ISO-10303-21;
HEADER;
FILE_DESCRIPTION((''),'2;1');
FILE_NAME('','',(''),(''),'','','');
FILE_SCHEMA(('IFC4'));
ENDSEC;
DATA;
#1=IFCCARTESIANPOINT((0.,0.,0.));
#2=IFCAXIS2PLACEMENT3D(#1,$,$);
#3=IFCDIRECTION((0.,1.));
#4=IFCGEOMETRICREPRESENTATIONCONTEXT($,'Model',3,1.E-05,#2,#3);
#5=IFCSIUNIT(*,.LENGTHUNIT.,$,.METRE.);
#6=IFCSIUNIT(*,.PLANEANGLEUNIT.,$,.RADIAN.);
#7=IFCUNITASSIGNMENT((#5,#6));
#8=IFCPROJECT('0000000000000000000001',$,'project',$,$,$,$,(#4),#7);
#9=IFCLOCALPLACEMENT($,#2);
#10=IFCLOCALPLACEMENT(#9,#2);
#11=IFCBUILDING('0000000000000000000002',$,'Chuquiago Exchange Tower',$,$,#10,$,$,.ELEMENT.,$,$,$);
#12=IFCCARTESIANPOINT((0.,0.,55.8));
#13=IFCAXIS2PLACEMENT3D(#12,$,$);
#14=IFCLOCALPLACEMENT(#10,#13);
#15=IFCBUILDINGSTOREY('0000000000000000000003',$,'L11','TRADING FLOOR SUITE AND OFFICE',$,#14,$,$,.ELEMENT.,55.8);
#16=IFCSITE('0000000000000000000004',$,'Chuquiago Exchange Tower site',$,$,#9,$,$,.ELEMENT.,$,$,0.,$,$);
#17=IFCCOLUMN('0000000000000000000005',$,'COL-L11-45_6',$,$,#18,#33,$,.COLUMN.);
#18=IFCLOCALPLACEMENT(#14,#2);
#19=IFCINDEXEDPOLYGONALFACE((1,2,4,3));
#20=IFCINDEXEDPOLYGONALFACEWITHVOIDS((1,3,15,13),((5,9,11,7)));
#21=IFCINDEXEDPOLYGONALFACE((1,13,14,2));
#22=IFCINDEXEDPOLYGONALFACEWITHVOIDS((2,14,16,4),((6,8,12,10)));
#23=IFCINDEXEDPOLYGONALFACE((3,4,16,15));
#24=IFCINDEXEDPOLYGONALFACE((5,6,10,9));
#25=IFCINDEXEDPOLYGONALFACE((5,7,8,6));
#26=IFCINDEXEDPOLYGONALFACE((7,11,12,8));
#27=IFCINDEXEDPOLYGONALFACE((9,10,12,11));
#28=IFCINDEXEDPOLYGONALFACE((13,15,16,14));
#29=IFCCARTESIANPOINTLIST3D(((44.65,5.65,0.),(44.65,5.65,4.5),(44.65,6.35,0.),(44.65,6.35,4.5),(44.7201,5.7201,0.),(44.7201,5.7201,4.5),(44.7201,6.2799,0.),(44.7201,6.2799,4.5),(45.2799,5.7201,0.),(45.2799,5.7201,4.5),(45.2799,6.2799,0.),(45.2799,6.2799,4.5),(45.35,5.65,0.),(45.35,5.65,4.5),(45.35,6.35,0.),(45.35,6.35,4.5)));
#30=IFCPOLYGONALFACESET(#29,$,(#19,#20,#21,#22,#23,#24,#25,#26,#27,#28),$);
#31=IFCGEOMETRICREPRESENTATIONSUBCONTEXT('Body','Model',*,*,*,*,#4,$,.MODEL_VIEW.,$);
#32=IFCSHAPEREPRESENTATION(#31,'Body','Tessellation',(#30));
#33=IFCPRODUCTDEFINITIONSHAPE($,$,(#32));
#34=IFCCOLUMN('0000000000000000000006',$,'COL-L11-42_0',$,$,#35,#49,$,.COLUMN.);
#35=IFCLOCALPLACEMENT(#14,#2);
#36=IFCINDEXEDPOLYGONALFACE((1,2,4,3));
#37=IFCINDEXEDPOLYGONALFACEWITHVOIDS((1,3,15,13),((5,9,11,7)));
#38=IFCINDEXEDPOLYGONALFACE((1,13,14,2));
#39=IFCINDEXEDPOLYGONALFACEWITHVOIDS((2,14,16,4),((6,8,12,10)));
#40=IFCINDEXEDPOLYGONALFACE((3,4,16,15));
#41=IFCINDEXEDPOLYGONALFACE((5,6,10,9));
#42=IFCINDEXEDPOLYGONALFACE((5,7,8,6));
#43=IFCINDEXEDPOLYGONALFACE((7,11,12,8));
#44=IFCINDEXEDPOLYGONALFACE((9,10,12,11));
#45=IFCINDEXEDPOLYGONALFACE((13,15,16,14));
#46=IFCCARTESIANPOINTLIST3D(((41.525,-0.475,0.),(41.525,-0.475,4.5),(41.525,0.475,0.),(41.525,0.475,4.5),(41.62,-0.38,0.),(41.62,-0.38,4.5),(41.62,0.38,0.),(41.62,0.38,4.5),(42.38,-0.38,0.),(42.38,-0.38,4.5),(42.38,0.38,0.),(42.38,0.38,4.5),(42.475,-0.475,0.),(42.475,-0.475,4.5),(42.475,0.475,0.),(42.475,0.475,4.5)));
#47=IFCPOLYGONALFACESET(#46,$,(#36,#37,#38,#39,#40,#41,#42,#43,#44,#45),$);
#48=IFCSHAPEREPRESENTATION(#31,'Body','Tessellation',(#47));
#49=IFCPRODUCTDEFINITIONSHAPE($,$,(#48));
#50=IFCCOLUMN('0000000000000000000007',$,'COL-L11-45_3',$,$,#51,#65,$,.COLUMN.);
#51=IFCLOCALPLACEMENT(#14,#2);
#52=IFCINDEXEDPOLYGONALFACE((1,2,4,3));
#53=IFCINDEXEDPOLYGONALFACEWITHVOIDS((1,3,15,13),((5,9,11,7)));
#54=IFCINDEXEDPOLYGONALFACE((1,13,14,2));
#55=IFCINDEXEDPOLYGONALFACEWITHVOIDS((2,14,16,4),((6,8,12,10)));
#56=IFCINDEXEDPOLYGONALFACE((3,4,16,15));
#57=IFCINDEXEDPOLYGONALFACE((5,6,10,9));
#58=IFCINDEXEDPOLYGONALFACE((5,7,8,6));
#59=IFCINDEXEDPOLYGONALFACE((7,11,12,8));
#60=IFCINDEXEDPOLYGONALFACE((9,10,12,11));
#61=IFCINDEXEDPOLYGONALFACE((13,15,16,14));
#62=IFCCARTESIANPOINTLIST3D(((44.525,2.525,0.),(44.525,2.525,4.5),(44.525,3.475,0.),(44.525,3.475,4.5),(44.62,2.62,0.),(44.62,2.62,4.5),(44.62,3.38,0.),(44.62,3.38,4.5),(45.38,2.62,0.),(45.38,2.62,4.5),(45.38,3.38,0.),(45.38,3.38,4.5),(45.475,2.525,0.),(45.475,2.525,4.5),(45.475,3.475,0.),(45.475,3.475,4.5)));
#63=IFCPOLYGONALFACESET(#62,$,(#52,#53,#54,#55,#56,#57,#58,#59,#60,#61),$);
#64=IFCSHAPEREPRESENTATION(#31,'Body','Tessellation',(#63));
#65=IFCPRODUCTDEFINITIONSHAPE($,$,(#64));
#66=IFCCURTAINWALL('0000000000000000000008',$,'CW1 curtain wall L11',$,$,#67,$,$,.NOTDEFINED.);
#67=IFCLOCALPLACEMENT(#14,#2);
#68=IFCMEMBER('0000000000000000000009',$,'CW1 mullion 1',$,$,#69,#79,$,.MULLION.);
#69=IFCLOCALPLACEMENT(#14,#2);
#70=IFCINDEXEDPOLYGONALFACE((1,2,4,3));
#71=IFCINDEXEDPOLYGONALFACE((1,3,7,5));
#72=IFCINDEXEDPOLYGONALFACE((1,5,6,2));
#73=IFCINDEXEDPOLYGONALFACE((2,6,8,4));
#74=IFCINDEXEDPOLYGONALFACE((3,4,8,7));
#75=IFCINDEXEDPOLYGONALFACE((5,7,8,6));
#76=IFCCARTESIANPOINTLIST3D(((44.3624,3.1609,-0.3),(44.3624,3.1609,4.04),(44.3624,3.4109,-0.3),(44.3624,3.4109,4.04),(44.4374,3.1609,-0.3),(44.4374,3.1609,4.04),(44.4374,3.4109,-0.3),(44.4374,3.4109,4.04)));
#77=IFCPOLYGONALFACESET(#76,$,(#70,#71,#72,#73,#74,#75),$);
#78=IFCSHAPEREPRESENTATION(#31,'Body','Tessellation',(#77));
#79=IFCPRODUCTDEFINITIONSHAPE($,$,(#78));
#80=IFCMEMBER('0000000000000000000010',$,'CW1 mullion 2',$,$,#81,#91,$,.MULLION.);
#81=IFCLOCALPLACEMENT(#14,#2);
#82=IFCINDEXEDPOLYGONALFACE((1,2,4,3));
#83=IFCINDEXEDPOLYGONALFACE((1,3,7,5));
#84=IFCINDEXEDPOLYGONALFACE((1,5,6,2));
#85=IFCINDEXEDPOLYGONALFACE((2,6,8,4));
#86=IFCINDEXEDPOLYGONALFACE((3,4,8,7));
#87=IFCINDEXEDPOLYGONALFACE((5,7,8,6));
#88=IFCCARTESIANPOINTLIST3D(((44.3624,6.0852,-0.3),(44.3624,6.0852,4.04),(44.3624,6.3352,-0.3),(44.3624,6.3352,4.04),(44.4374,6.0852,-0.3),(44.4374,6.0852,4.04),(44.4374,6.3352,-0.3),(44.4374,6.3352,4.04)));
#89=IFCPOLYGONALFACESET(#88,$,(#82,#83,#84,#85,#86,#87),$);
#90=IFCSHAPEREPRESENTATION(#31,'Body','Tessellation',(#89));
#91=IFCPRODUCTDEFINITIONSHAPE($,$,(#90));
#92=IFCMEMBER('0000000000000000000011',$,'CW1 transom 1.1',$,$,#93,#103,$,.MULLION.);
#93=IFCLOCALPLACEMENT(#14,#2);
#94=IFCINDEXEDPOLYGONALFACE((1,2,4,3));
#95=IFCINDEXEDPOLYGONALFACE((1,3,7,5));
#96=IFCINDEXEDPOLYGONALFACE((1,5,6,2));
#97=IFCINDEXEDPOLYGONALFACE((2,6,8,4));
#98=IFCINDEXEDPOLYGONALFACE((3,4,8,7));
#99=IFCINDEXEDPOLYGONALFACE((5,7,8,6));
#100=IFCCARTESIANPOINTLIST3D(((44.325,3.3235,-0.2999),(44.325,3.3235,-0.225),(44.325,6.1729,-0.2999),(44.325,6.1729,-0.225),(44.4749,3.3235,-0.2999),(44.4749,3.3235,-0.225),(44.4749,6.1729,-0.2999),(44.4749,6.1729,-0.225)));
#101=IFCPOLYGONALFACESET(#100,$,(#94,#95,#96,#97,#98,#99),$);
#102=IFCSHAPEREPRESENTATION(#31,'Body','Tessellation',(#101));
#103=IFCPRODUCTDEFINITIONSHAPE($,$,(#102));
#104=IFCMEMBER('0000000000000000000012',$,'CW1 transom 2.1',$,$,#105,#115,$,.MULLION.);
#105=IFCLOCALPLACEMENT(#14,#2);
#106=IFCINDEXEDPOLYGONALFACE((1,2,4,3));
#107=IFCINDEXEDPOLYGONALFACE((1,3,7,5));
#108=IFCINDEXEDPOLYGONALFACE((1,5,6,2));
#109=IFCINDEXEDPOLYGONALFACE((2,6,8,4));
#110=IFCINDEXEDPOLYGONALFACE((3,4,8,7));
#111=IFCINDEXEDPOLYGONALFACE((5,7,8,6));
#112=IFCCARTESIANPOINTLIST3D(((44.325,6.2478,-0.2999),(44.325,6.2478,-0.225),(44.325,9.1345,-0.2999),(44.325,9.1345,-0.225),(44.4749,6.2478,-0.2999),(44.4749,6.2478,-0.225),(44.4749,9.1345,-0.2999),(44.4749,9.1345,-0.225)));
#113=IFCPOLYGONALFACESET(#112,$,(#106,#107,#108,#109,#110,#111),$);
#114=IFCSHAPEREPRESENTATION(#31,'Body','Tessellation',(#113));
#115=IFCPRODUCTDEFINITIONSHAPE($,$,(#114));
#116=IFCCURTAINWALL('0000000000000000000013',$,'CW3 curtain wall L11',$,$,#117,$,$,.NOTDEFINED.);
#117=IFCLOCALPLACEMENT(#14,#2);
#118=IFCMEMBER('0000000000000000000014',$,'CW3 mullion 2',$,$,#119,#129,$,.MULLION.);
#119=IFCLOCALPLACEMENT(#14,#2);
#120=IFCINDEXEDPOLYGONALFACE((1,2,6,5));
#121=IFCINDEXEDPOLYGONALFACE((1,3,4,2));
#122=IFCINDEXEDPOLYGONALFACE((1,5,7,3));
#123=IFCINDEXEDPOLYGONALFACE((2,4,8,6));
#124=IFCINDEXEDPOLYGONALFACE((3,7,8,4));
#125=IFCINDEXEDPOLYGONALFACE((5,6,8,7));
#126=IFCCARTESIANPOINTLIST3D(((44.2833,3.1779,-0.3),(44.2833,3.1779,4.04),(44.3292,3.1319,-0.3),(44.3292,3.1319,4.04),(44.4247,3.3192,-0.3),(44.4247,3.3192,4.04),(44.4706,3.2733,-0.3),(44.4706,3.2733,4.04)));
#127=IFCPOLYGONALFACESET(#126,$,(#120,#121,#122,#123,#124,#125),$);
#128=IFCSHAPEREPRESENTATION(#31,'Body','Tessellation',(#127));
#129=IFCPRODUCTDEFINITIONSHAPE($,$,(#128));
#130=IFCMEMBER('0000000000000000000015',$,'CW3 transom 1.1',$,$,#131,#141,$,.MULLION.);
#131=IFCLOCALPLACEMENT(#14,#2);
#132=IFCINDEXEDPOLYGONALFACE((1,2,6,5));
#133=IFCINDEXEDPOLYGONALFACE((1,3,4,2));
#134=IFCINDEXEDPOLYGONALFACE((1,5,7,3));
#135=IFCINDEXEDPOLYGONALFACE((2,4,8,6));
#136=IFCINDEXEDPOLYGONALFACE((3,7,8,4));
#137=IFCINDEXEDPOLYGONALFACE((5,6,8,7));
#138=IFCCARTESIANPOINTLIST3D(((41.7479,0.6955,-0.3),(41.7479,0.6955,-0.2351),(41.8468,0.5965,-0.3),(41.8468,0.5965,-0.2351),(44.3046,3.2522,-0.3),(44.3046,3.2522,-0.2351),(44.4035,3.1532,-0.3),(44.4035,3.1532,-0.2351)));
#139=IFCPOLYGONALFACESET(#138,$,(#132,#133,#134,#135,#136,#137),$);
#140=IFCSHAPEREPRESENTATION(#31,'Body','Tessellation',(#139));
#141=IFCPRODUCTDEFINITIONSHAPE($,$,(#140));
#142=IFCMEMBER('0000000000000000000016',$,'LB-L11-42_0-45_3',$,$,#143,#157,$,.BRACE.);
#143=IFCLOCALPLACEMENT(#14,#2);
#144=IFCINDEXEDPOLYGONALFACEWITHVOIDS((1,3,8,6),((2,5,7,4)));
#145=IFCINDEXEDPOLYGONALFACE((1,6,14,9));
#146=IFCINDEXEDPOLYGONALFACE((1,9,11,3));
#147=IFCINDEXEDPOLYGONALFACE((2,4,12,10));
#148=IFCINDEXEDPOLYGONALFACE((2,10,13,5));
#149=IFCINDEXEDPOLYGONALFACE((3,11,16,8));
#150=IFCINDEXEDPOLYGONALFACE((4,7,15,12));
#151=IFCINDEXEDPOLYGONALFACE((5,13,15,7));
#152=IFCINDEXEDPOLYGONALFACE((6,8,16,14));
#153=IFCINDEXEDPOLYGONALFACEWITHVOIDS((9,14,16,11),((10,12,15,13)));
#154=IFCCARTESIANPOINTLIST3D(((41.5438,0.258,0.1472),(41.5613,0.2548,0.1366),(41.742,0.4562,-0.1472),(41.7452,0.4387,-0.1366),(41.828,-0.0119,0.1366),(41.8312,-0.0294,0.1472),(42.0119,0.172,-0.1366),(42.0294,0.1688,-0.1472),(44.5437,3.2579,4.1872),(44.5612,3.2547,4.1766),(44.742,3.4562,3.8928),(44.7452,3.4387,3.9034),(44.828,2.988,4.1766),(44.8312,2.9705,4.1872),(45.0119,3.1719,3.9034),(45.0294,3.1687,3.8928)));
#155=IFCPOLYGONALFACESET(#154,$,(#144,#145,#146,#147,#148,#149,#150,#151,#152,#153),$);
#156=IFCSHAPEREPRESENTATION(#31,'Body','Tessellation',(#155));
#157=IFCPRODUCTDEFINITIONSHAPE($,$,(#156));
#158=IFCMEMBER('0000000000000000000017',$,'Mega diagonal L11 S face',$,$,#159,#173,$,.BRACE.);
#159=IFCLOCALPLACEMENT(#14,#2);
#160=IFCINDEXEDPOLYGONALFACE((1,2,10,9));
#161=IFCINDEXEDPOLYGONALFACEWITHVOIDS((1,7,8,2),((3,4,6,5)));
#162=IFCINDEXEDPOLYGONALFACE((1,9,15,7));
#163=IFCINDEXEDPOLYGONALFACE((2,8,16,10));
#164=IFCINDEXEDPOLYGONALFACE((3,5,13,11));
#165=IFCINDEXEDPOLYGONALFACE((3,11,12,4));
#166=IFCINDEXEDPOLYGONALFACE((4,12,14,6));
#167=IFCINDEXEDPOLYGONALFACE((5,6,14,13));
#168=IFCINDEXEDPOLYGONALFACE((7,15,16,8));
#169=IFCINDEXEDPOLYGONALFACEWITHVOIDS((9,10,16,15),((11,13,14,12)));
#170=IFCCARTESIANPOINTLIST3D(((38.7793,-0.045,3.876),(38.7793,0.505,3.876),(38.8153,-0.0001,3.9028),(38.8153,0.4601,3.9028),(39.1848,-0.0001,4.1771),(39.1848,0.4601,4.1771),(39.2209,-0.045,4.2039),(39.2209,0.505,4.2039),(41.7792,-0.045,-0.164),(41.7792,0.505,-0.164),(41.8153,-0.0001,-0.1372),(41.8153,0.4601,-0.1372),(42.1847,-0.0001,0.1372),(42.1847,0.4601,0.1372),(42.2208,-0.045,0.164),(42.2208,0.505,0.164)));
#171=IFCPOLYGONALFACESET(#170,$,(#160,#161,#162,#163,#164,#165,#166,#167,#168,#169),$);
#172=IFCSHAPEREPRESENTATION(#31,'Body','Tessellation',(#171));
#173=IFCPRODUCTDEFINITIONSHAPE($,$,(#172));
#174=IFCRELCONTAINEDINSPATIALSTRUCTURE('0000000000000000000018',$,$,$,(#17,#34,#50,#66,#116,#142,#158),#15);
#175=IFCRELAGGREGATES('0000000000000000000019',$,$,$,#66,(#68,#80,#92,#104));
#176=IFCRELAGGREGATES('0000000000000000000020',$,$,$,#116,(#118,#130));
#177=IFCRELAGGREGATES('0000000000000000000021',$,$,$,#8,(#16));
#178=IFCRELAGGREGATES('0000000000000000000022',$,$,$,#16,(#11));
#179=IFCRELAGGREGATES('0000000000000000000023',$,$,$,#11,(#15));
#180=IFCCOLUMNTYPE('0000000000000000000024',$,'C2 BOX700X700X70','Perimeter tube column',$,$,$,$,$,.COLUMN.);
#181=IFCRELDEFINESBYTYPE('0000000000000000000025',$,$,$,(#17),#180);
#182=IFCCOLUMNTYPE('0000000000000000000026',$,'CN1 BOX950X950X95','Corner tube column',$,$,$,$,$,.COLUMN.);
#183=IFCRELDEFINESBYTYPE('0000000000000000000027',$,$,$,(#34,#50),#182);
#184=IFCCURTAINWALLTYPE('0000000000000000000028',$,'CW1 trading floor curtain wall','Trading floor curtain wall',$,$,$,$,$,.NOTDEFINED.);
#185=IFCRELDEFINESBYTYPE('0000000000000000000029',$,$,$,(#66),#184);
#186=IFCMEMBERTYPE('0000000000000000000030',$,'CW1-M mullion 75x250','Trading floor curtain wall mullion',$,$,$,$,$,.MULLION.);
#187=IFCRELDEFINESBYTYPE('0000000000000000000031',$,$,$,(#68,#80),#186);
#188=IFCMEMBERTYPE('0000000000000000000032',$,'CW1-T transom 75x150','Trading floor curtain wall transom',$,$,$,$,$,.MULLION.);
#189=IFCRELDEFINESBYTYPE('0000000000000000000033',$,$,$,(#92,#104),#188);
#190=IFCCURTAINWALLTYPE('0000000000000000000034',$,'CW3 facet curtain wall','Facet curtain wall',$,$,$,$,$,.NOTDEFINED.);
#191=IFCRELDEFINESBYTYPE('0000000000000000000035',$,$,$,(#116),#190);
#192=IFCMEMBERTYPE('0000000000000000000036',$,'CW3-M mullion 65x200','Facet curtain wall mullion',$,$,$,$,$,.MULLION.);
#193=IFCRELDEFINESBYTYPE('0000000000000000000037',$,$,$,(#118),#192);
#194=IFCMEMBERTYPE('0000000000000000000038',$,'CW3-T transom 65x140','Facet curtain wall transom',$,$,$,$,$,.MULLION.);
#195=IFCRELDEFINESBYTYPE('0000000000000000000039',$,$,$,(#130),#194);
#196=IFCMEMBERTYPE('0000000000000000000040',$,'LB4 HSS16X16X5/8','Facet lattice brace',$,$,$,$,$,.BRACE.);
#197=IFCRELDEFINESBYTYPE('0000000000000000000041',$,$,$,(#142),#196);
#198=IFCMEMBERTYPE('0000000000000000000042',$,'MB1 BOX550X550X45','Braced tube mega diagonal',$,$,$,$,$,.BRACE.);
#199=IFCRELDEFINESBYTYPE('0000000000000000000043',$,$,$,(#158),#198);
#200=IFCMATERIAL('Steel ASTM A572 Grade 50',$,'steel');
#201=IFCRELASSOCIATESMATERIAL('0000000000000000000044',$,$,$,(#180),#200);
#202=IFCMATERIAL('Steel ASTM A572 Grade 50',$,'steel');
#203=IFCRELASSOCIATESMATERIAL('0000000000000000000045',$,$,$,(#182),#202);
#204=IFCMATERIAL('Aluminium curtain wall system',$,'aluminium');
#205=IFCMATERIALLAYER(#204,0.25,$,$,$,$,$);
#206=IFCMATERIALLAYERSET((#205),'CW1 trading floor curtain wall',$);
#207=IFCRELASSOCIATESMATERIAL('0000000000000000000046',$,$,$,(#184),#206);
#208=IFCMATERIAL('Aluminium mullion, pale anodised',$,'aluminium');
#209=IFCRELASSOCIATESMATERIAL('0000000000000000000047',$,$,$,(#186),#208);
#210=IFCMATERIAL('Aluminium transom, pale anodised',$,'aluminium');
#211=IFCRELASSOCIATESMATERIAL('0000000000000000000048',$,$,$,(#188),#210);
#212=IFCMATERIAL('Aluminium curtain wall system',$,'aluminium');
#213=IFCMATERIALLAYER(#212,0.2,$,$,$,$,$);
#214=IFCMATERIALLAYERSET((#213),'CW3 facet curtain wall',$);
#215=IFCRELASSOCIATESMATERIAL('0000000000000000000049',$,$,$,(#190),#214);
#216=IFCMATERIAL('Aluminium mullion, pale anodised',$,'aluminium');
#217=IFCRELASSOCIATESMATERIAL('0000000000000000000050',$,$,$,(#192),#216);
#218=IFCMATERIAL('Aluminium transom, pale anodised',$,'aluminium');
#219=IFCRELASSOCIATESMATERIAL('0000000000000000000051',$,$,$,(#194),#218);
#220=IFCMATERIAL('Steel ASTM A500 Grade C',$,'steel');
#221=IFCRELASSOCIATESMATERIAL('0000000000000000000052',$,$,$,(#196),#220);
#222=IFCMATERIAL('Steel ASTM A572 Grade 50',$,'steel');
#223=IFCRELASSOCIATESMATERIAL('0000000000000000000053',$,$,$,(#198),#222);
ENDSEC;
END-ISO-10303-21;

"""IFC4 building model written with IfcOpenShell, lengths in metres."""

from ifc_helpers import new_model, si_unit, direction, frame, origin, origin_2d, place, context, subcontext, project, spatial, rectangle, hollow_rectangle, extrude, material, layer, layer_set, material_profile, profile_set, type_object, element, aggregate, save


model = new_model("IFC4")

# Units and contexts
model_context = context("Model", 3, precision=1e-05, world=origin(), true_north=direction((0.0, 1.0)))
body_context = subcontext(model_context, "Body", "Model", "MODEL_VIEW")
ifc_project = project(units=[si_unit("LENGTHUNIT", "METRE"), si_unit("PLANEANGLEUNIT", "RADIAN")], contexts=[model_context])

# Site, building, storey
site_placement = place(None, origin())
site = spatial("IfcSite", under=ifc_project, at=site_placement, Name="Chuquiago Exchange Tower site", CompositionType="ELEMENT", RefElevation=0.0)
building_placement = place(site_placement, origin())
building = spatial("IfcBuilding", under=site, at=building_placement, Name="Chuquiago Exchange Tower", CompositionType="ELEMENT")
storey_placement = place(building_placement, frame((0.0, 0.0, 55.8)))
storey = spatial("IfcBuildingStorey", under=building, at=storey_placement, Name="L11", Description="TRADING FLOOR SUITE AND OFFICE", CompositionType="ELEMENT", Elevation=55.8)

# Columns
ifc_material_1 = material(Name="Steel ASTM A572 Grade 50", Category="steel")
ifc_material_profile_1 = material_profile(ifc_material_1, hollow_rectangle(XDim=0.7, YDim=0.7, WallThickness=0.0701, at=origin_2d()), Name="BOX700X700X70")
ifc_profile_set_1 = profile_set([ifc_material_profile_1], Name="Steel ASTM A572 Grade 50")
column_type_1 = type_object("IfcColumnType", Name="C2 BOX700X700X70", Description="Perimeter tube column", PredefinedType="COLUMN", material=ifc_profile_set_1)
column_placement = place(storey_placement, frame((45.0, 6.0, 0.0), z_axis=(0.0, 0.0, 1.0), x_axis=(1.0, 0.0, 0.0)))
element("IfcColumn", 1, at=column_placement, inside=storey, type_object=column_type_1, Name="COL-L11-45_6", PredefinedType="COLUMN", context=body_context, shape_type="SweptSolid", body=[
    extrude(hollow_rectangle(XDim=0.7, YDim=0.7, WallThickness=0.0701, at=origin_2d()), origin(), (0.0, 0.0, 1.0), 4.5),
])
ifc_material_2 = material(Name="Steel ASTM A572 Grade 50", Category="steel")
ifc_material_profile_2 = material_profile(ifc_material_2, hollow_rectangle(XDim=0.95, YDim=0.95, WallThickness=0.095, at=origin_2d()), Name="BOX950X950X95")
ifc_profile_set_2 = profile_set([ifc_material_profile_2], Name="Steel ASTM A572 Grade 50")
column_type_2 = type_object("IfcColumnType", Name="CN1 BOX950X950X95", Description="Corner tube column", PredefinedType="COLUMN", material=ifc_profile_set_2)
for number, where, z_axis, x_axis, name in (
    (2, (42.0, 0.0, 0.0), (0.0, 0.0, 1.0), (0.0, -1.0, 0.0), "COL-L11-42_0"),
    (3, (45.0, 3.0, 0.0), (0.0, 0.0, 1.0), (1.0, 0.0, 0.0), "COL-L11-45_3"),
):
    element("IfcColumn", number, at=place(storey_placement, frame(where, z_axis=z_axis, x_axis=x_axis)), inside=storey, type_object=column_type_2, Name=name, PredefinedType="COLUMN", context=body_context, shape_type="SweptSolid", body=[
        extrude(hollow_rectangle(XDim=0.95, YDim=0.95, WallThickness=0.095, at=origin_2d()), origin(), (0.0, 0.0, 1.0), 4.5),
    ])

# Curtain walls, members
ifc_material_3 = material(Name="Aluminium curtain wall system", Category="aluminium")
ifc_layer_1 = layer(ifc_material_3, 0.25)
ifc_layer_set_1 = layer_set([ifc_layer_1], Name="CW1 trading floor curtain wall")
curtain_wall_type_1 = type_object("IfcCurtainWallType", Name="CW1 trading floor curtain wall", Description="Trading floor curtain wall", PredefinedType="NOTDEFINED", material=ifc_layer_set_1)
curtain_wall_1_placement = place(storey_placement, origin())
curtain_wall_1 = element("IfcCurtainWall", 4, at=curtain_wall_1_placement, inside=storey, type_object=curtain_wall_type_1, Name="CW1 curtain wall L11", PredefinedType="NOTDEFINED")
ifc_material_4 = material(Name="Aluminium mullion, pale anodised", Category="aluminium")
ifc_material_profile_3 = material_profile(ifc_material_4, rectangle(XDim=0.075, YDim=0.25, at=origin_2d()), Name="AL 75x250")
ifc_profile_set_3 = profile_set([ifc_material_profile_3], Name="Aluminium mullion, pale anodised")
member_type_1 = type_object("IfcMemberType", Name="CW1-M mullion 75x250", Description="Trading floor curtain wall mullion", PredefinedType="MULLION", material=ifc_profile_set_3)
member_1_placement = place(storey_placement, frame((44.3999, 3.2859, -0.3), z_axis=(0.0, 0.0, 1.0), x_axis=(-1.0, 0.0, 0.0)))
member_1 = element("IfcMember", 5, at=member_1_placement, type_object=member_type_1, Name="CW1 mullion 1", PredefinedType="MULLION", context=body_context, shape_type="SweptSolid", body=[
    extrude(rectangle(XDim=0.075, YDim=0.25, at=origin_2d()), origin(), (0.0, 0.0, 1.0), 4.3401),
])
member_2_placement = place(storey_placement, frame((44.3999, 6.2102, -0.3), z_axis=(0.0, 0.0, 1.0), x_axis=(-1.0, 0.0, 0.0)))
member_2 = element("IfcMember", 6, at=member_2_placement, type_object=member_type_1, Name="CW1 mullion 2", PredefinedType="MULLION", context=body_context, shape_type="SweptSolid", body=[
    extrude(rectangle(XDim=0.075, YDim=0.25, at=origin_2d()), origin(), (0.0, 0.0, 1.0), 4.3401),
])
ifc_material_5 = material(Name="Aluminium transom, pale anodised", Category="aluminium")
ifc_material_profile_4 = material_profile(ifc_material_5, rectangle(XDim=0.1499, YDim=0.075, at=origin_2d()), Name="AL 150x75")
ifc_profile_set_4 = profile_set([ifc_material_profile_4], Name="Aluminium transom, pale anodised")
member_type_2 = type_object("IfcMemberType", Name="CW1-T transom 75x150", Description="Trading floor curtain wall transom", PredefinedType="MULLION", material=ifc_profile_set_4)
member_3_placement = place(storey_placement, frame((44.3999, 3.3235, -0.2625), z_axis=(0.0, 1.0, 0.0), x_axis=(-1.0, 0.0, 0.0)))
member_3 = element("IfcMember", 7, at=member_3_placement, type_object=member_type_2, Name="CW1 transom 1.1", PredefinedType="MULLION", context=body_context, shape_type="SweptSolid", body=[
    extrude(rectangle(XDim=0.1499, YDim=0.075, at=origin_2d()), origin(), (0.0, 0.0, 1.0), 2.8494),
])
member_4_placement = place(storey_placement, frame((44.3999, 6.2478, -0.2625), z_axis=(0.0, 1.0, 0.0), x_axis=(-1.0, 0.0, 0.0)))
member_4 = element("IfcMember", 8, at=member_4_placement, type_object=member_type_2, Name="CW1 transom 2.1", PredefinedType="MULLION", context=body_context, shape_type="SweptSolid", body=[
    extrude(rectangle(XDim=0.1499, YDim=0.075, at=origin_2d()), origin(), (0.0, 0.0, 1.0), 2.8867),
])
ifc_material_6 = material(Name="Aluminium curtain wall system", Category="aluminium")
ifc_layer_2 = layer(ifc_material_6, 0.2)
ifc_layer_set_2 = layer_set([ifc_layer_2], Name="CW3 facet curtain wall")
curtain_wall_type_2 = type_object("IfcCurtainWallType", Name="CW3 facet curtain wall", Description="Facet curtain wall", PredefinedType="NOTDEFINED", material=ifc_layer_set_2)
curtain_wall_2_placement = place(storey_placement, origin())
curtain_wall_2 = element("IfcCurtainWall", 9, at=curtain_wall_2_placement, inside=storey, type_object=curtain_wall_type_2, Name="CW3 curtain wall L11", PredefinedType="NOTDEFINED")
ifc_material_7 = material(Name="Aluminium mullion, pale anodised", Category="aluminium")
ifc_material_profile_5 = material_profile(ifc_material_7, rectangle(XDim=0.0649, YDim=0.2, at=origin_2d()), Name="AL 65x200")
ifc_profile_set_5 = profile_set([ifc_material_profile_5], Name="Aluminium mullion, pale anodised")
member_type_3 = type_object("IfcMemberType", Name="CW3-M mullion 65x200", Description="Facet curtain wall mullion", PredefinedType="MULLION", material=ifc_profile_set_5)
member_5_placement = place(storey_placement, frame((44.377, 3.2256, -0.3), z_axis=(0.0, 0.0, 1.0), x_axis=(-0.707107, 0.707107, 0.0)))
member_5 = element("IfcMember", 10, at=member_5_placement, type_object=member_type_3, Name="CW3 mullion 2", PredefinedType="MULLION", context=body_context, shape_type="SweptSolid", body=[
    extrude(rectangle(XDim=0.0649, YDim=0.2, at=origin_2d()), origin(), (0.0, 0.0, 1.0), 4.3401),
])
ifc_material_8 = material(Name="Aluminium transom, pale anodised", Category="aluminium")
ifc_material_profile_6 = material_profile(ifc_material_8, rectangle(XDim=0.1399, YDim=0.0649, at=origin_2d()), Name="AL 140x65")
ifc_profile_set_6 = profile_set([ifc_material_profile_6], Name="Aluminium transom, pale anodised")
member_type_4 = type_object("IfcMemberType", Name="CW3-T transom 65x140", Description="Facet curtain wall transom", PredefinedType="MULLION", material=ifc_profile_set_6)
member_6_placement = place(storey_placement, frame((41.7974, 0.646, -0.2676), z_axis=(0.707107, 0.707107, 0.0), x_axis=(-0.707107, 0.707107, 0.0)))
member_6 = element("IfcMember", 11, at=member_6_placement, type_object=member_type_4, Name="CW3 transom 1.1", PredefinedType="MULLION", context=body_context, shape_type="SweptSolid", body=[
    extrude(rectangle(XDim=0.1399, YDim=0.0649, at=origin_2d()), origin(), (0.0, 0.0, 1.0), 3.6157),
])

# Members
ifc_material_9 = material(Name="Steel ASTM A500 Grade C", Category="steel")
ifc_material_profile_7 = material_profile(ifc_material_9, hollow_rectangle(XDim=0.4065, YDim=0.4065, WallThickness=0.0146, at=origin_2d()), Name="HSS16X16X5/8")
ifc_profile_set_7 = profile_set([ifc_material_profile_7], Name="Steel ASTM A500 Grade C")
member_type_5 = type_object("IfcMemberType", Name="LB4 HSS16X16X5/8", Description="Facet lattice brace", PredefinedType="BRACE", material=ifc_profile_set_7)
member_7_placement = place(storey_placement, frame((41.7866, 0.2134, 0.0), z_axis=(0.512077, 0.512077, 0.689604), x_axis=(-0.707107, 0.707107, 0.0)))
element("IfcMember", 12, at=member_7_placement, inside=storey, type_object=member_type_5, Name="LB-L11-42_0-45_3", PredefinedType="BRACE", context=body_context, shape_type="SweptSolid", body=[
    extrude(hollow_rectangle(XDim=0.4065, YDim=0.4065, WallThickness=0.0146, at=origin_2d()), origin(), (0.0, 0.0, 1.0), 5.8584),
])
ifc_material_10 = material(Name="Steel ASTM A572 Grade 50", Category="steel")
ifc_material_profile_8 = material_profile(ifc_material_10, hollow_rectangle(XDim=0.55, YDim=0.55, WallThickness=0.0449, at=origin_2d()), Name="BOX550X550X45")
ifc_profile_set_8 = profile_set([ifc_material_profile_8], Name="Steel ASTM A572 Grade 50")
member_type_6 = type_object("IfcMemberType", Name="MB1 BOX550X550X45", Description="Braced tube mega diagonal", PredefinedType="BRACE", material=ifc_profile_set_8)
for number, where, z_axis, x_axis, name in (
    (13, (42.0, 0.23, 0.0), (-0.596174, 0.0, 0.802855), (0.0, -1.0, 0.0), "Mega diagonal L11 S face"),
):
    element("IfcMember", number, at=place(storey_placement, frame(where, z_axis=z_axis, x_axis=x_axis)), inside=storey, type_object=member_type_6, Name=name, PredefinedType="BRACE", context=body_context, shape_type="SweptSolid", body=[
        extrude(hollow_rectangle(XDim=0.55, YDim=0.55, WallThickness=0.0449, at=origin_2d()), origin(), (0.0, 0.0, 1.0), 5.032),
    ])

aggregate(curtain_wall_1, [member_1, member_2, member_3, member_4])
aggregate(curtain_wall_2, [member_5, member_6])

save(model, "model.ifc")
